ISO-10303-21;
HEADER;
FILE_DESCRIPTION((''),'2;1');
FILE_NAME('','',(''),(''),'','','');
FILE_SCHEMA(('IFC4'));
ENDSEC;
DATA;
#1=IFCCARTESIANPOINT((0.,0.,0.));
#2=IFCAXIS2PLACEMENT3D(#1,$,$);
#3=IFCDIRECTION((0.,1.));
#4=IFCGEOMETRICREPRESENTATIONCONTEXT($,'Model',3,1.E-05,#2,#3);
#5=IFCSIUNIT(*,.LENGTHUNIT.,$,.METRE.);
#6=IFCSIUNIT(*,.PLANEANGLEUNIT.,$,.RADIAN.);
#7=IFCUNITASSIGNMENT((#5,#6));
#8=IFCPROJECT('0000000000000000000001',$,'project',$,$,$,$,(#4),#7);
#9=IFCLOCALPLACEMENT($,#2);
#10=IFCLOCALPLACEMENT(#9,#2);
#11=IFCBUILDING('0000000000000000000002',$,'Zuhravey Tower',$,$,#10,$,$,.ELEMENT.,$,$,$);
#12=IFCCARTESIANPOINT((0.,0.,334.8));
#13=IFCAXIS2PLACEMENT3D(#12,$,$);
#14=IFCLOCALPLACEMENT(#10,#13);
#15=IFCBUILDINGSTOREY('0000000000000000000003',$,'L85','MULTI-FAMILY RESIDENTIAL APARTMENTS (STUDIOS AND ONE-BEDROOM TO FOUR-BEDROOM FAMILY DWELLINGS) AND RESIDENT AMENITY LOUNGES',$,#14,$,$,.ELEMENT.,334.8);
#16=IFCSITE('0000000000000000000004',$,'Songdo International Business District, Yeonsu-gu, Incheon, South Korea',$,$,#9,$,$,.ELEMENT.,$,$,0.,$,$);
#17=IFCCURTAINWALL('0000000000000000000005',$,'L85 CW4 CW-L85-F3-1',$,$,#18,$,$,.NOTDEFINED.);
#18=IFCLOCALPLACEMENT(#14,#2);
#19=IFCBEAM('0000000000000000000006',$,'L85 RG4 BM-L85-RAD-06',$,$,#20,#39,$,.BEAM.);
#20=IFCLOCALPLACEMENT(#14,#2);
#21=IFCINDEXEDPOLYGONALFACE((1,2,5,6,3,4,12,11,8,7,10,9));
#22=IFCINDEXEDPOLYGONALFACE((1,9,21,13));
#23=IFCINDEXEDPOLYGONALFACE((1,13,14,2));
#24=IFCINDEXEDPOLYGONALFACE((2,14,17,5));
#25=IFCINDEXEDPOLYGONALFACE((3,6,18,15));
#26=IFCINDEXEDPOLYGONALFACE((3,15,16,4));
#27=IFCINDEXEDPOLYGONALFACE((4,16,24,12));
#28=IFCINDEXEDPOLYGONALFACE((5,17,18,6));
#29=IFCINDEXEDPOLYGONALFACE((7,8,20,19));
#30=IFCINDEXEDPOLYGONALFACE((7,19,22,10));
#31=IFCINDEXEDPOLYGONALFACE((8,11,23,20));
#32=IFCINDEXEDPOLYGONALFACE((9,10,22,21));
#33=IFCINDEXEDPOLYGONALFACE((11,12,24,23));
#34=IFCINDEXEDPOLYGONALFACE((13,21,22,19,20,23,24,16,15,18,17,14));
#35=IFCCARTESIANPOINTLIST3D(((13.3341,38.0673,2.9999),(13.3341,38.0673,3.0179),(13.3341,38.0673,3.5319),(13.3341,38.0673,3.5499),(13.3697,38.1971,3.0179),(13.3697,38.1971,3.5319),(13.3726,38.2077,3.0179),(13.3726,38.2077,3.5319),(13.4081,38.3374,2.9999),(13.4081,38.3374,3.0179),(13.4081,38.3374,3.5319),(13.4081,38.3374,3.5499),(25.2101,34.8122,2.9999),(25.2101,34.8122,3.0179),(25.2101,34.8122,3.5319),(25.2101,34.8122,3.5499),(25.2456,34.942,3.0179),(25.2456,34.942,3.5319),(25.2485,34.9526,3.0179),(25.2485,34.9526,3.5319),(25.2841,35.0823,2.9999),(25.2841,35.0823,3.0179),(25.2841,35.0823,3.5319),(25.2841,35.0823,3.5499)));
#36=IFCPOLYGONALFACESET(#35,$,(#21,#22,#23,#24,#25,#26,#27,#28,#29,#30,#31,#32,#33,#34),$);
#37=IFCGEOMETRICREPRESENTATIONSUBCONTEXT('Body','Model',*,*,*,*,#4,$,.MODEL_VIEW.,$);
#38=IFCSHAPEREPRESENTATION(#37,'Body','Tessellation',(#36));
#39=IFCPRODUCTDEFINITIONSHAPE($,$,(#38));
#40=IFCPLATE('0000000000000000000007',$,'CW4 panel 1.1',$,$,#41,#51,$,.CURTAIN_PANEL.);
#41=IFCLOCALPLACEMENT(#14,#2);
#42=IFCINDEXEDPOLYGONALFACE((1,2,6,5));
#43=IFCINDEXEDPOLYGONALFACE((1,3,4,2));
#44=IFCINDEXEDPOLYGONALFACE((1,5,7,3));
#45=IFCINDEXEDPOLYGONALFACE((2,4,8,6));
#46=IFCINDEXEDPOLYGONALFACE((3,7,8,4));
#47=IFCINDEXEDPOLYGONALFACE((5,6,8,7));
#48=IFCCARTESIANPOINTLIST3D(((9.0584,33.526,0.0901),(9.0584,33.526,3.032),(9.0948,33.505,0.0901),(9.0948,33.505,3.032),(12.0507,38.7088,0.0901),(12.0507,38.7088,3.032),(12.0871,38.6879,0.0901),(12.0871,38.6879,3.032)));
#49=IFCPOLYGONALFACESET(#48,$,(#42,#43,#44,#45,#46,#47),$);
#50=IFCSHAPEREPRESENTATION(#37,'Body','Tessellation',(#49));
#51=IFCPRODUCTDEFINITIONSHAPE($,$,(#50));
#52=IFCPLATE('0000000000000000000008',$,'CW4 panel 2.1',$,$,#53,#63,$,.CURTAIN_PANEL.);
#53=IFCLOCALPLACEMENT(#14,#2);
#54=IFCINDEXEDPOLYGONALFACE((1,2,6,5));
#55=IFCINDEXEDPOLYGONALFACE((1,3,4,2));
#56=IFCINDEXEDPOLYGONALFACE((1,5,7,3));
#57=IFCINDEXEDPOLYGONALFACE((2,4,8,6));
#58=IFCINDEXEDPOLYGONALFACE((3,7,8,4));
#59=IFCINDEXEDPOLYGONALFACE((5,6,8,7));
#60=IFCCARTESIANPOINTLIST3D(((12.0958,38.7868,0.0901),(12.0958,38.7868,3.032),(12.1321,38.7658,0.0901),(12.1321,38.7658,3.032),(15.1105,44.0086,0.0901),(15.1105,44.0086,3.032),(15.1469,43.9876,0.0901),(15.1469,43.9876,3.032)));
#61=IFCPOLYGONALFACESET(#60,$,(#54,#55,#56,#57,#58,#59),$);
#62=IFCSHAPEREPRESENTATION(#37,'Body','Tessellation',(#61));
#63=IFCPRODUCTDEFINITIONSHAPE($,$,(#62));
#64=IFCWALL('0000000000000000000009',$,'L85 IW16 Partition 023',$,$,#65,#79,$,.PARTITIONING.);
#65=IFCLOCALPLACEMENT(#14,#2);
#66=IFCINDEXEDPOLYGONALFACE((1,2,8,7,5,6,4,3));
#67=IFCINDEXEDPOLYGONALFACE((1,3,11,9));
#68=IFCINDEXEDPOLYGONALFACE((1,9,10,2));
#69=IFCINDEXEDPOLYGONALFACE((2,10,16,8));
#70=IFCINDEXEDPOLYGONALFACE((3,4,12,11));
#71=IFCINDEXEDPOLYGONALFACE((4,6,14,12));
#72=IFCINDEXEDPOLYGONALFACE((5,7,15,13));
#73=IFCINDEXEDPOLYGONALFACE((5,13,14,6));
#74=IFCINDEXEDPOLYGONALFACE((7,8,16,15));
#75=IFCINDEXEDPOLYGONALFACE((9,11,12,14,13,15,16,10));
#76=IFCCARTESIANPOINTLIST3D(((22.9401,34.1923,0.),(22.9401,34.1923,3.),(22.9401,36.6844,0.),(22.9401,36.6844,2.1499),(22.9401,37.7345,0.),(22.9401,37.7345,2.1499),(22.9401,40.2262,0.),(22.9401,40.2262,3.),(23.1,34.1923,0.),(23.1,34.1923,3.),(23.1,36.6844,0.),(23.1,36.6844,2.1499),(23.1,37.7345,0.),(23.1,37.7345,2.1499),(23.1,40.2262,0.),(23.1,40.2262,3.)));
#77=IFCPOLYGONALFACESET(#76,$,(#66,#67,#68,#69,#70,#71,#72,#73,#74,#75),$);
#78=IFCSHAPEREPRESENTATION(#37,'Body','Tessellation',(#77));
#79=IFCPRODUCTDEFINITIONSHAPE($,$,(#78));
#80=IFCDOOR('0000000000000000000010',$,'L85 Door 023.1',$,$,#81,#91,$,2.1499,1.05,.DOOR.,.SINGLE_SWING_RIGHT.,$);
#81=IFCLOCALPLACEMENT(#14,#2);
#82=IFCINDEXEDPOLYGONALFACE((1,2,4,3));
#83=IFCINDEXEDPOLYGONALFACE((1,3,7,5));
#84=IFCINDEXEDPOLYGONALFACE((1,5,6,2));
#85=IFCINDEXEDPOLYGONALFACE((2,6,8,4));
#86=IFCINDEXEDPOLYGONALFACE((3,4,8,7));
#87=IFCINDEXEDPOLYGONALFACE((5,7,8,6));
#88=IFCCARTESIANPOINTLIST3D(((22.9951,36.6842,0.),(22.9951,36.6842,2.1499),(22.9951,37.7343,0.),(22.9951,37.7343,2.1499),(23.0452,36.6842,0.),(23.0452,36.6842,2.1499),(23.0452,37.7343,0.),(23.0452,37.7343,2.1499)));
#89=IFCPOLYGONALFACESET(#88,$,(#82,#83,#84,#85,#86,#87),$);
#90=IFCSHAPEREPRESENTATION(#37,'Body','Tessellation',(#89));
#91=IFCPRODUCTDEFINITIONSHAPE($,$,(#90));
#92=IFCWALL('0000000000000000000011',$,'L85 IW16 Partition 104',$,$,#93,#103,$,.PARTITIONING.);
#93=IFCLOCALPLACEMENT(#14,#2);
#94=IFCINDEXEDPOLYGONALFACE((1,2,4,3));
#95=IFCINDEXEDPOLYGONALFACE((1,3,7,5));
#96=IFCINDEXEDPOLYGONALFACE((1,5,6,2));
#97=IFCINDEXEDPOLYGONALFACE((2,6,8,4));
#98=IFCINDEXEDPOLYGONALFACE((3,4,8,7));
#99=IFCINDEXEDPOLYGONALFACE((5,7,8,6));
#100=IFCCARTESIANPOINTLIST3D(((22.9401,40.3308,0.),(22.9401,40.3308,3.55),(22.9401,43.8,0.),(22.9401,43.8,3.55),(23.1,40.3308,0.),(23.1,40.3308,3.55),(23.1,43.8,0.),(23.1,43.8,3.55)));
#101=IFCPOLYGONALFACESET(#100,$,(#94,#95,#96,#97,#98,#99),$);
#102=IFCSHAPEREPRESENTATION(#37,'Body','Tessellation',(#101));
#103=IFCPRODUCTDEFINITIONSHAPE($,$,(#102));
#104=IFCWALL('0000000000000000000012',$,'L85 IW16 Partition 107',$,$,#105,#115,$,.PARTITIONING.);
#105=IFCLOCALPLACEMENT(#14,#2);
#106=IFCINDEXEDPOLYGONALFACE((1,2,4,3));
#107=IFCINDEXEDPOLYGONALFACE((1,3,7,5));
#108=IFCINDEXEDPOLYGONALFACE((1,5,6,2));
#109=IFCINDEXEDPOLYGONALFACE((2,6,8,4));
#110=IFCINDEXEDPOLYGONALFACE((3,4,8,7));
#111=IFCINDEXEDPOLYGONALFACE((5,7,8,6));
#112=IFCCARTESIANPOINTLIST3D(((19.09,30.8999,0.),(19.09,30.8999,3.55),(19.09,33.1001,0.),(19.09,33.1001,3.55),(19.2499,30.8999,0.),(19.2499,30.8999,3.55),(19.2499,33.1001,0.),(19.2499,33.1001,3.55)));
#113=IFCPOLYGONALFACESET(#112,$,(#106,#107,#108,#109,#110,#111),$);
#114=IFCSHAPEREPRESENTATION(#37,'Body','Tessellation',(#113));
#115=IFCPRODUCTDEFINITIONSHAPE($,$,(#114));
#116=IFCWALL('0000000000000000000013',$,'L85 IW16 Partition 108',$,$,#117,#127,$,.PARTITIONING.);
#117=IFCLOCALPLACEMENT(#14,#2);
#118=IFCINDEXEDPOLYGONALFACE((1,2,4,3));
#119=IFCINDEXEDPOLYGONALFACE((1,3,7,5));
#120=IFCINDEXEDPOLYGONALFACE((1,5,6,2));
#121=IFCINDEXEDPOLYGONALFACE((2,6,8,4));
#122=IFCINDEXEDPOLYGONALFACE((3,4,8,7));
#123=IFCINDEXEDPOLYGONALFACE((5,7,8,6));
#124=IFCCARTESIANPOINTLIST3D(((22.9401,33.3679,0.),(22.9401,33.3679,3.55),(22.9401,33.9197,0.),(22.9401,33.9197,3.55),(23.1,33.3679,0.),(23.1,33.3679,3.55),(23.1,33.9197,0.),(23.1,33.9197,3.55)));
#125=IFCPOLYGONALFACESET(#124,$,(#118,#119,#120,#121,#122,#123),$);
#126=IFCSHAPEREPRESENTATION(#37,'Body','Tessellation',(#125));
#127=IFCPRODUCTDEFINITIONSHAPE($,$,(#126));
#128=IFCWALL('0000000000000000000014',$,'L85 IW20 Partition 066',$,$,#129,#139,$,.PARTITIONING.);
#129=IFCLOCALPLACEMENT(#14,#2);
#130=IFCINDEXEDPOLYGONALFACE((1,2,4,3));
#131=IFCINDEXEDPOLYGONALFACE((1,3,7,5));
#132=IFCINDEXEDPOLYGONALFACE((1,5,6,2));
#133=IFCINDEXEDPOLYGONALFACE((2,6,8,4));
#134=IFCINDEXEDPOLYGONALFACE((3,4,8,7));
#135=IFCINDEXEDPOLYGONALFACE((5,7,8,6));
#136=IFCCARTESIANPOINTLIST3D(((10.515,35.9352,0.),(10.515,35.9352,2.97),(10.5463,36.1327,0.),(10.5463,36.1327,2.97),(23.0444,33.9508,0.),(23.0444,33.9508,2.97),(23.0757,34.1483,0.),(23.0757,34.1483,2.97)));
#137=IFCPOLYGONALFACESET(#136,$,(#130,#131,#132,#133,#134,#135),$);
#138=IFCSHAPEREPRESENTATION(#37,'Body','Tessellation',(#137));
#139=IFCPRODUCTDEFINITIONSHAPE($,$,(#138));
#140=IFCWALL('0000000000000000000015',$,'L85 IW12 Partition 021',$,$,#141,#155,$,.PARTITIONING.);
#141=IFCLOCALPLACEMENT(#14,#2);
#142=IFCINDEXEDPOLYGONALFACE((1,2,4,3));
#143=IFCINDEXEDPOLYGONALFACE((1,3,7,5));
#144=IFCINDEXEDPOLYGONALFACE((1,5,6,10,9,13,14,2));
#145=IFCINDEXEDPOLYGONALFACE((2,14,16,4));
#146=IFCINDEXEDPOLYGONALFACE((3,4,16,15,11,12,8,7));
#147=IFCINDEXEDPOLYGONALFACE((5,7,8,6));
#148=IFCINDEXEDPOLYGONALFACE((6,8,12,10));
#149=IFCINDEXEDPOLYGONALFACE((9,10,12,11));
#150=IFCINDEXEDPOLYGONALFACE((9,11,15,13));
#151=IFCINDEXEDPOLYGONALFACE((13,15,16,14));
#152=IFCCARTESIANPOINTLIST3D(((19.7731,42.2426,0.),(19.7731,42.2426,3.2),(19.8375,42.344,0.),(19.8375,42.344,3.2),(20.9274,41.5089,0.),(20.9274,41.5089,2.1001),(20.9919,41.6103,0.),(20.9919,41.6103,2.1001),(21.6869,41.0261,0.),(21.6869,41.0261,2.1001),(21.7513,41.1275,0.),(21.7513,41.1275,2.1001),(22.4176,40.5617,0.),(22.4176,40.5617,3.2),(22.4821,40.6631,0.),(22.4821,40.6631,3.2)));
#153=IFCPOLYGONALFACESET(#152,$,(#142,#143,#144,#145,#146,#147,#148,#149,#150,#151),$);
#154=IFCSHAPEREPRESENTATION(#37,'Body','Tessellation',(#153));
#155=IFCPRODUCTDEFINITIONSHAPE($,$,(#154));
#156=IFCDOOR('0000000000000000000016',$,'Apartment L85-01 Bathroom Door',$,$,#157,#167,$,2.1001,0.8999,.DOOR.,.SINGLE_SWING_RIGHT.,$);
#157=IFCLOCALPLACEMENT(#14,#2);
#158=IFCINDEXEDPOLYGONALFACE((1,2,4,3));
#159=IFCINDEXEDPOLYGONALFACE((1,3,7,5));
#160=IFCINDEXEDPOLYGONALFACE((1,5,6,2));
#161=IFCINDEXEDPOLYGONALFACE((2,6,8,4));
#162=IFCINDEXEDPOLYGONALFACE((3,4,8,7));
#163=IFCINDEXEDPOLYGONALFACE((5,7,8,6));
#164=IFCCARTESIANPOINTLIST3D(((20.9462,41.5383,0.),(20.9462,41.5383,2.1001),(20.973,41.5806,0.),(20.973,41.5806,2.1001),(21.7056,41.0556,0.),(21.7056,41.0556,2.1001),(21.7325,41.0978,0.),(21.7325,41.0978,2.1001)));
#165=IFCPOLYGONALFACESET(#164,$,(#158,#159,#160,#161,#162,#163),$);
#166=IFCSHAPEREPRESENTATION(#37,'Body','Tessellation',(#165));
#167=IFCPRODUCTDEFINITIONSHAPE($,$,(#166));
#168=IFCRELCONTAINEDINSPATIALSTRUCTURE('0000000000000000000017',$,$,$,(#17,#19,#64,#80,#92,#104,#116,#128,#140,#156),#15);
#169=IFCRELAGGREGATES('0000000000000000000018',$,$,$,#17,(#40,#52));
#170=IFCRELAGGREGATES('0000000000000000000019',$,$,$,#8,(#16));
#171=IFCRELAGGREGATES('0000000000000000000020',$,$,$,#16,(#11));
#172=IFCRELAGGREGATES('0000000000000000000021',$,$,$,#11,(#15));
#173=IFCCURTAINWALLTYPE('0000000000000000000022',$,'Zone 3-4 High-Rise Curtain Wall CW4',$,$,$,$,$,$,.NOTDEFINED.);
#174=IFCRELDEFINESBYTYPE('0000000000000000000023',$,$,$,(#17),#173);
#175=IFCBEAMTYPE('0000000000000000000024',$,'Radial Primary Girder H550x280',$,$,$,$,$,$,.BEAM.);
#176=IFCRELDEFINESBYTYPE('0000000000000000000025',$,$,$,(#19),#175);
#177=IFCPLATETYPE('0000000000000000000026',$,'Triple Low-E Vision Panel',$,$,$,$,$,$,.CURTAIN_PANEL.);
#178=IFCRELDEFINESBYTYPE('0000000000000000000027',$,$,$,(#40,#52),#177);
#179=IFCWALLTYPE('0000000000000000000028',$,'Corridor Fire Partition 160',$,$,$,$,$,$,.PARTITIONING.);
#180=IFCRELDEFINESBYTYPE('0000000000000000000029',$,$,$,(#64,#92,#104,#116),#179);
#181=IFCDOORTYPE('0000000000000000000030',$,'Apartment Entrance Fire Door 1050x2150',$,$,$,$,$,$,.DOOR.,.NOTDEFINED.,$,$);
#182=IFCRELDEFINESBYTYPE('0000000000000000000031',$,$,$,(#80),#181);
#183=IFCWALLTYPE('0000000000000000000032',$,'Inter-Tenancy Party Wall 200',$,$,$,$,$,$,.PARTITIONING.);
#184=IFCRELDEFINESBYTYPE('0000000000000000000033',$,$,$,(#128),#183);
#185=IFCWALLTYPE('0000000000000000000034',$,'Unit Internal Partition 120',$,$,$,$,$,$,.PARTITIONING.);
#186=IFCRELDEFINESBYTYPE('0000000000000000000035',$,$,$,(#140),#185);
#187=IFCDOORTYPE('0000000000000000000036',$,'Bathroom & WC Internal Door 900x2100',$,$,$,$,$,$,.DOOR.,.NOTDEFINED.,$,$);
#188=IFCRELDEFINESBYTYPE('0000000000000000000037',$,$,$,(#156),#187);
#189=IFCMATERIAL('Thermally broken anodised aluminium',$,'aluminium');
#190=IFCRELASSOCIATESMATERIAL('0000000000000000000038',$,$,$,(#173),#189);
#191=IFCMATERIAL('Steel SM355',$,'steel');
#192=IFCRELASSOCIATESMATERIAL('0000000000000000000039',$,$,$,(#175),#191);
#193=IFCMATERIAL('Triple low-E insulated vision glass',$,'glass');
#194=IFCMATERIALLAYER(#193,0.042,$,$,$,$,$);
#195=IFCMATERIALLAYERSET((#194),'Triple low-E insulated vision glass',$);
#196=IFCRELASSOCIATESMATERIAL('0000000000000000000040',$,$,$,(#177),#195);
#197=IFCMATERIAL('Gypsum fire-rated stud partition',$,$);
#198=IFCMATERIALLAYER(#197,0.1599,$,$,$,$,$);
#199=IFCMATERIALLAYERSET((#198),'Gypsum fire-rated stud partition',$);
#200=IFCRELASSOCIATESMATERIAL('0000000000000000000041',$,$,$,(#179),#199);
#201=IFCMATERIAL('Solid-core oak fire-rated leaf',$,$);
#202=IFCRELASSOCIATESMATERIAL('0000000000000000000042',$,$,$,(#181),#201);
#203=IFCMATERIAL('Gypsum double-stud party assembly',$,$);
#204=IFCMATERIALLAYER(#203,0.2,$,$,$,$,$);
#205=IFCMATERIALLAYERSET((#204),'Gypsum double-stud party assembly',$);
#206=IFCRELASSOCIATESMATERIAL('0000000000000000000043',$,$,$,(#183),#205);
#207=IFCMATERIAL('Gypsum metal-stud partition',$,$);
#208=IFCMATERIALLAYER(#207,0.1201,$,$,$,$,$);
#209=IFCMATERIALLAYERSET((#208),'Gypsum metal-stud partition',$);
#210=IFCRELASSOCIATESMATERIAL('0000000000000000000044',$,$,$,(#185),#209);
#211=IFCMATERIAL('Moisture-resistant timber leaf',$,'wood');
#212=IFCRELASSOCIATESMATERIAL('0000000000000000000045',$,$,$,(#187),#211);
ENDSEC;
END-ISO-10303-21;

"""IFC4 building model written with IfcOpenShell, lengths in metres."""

from ifc_helpers import new_model, si_unit, direction, frame, frame_2d, origin, origin_2d, place, context, subcontext, project, spatial, rectangle, i_section, extrude, material, layer, layer_set, material_profile, profile_set, type_object, element, fill, aggregate, save


model = new_model("IFC4")

# Units and contexts
model_context = context("Model", 3, precision=1e-05, world=origin(), true_north=direction((0.0, 1.0)))
body_context = subcontext(model_context, "Body", "Model", "MODEL_VIEW")
ifc_project = project(units=[si_unit("LENGTHUNIT", "METRE"), si_unit("PLANEANGLEUNIT", "RADIAN")], contexts=[model_context])

# Site, building, storey
site_placement = place(None, origin())
site = spatial("IfcSite", under=ifc_project, at=site_placement, Name="Songdo International Business District, Yeonsu-gu, Incheon, South Korea", CompositionType="ELEMENT", RefElevation=0.0)
building_placement = place(site_placement, origin())
building = spatial("IfcBuilding", under=site, at=building_placement, Name="Zuhravey Tower", CompositionType="ELEMENT")
storey_placement = place(building_placement, frame((0.0, 0.0, 334.8)))
storey = spatial("IfcBuildingStorey", under=building, at=storey_placement, Name="L85", Description="MULTI-FAMILY RESIDENTIAL APARTMENTS (STUDIOS AND ONE-BEDROOM TO FOUR-BEDROOM FAMILY DWELLINGS) AND RESIDENT AMENITY LOUNGES", CompositionType="ELEMENT", Elevation=334.8)

# Curtain wall
ifc_material_1 = material(Name="Thermally broken anodised aluminium", Category="aluminium")
curtain_wall_type = type_object("IfcCurtainWallType", Name="Zone 3-4 High-Rise Curtain Wall CW4", PredefinedType="NOTDEFINED", material=ifc_material_1)
curtain_wall_placement = place(storey_placement, origin())
curtain_wall = element("IfcCurtainWall", 1, at=curtain_wall_placement, inside=storey, type_object=curtain_wall_type, Name="L85 CW4 CW-L85-F3-1", PredefinedType="NOTDEFINED")

# Beam
ifc_material_2 = material(Name="Steel SM355", Category="steel")
ifc_material_profile_1 = material_profile(ifc_material_2, i_section(OverallWidth=0.28, OverallDepth=0.55, WebThickness=0.011, FlangeThickness=0.0181, at=origin_2d()), Name="H-550x280x11x18")
ifc_profile_set_1 = profile_set([ifc_material_profile_1], Name="Steel SM355")
beam_type_1 = type_object("IfcBeamType", Name="Radial Primary Girder H550x280", PredefinedType="BEAM", material=ifc_profile_set_1)
beam_1_placement = place(storey_placement, frame((25.2471, 34.9473, 3.2749), z_axis=(-0.964429, 0.264344, 0.0), x_axis=(-0.264344, -0.964429, 0.0)))
element("IfcBeam", 2, at=beam_1_placement, inside=storey, type_object=beam_type_1, Name="L85 RG4 BM-L85-RAD-06", PredefinedType="BEAM", context=body_context, shape_type="SweptSolid", body=[
    extrude(i_section(OverallWidth=0.28, OverallDepth=0.55, WebThickness=0.011, FlangeThickness=0.0181, at=origin_2d()), origin(), (0.0, 0.0, 1.0), 12.314),
])

# Plates
ifc_material_3 = material(Name="Triple low-E insulated vision glass", Category="glass")
ifc_layer_1 = layer(ifc_material_3, 0.042)
ifc_layer_set_1 = layer_set([ifc_layer_1], Name="Triple low-E insulated vision glass")
plate_type = type_object("IfcPlateType", Name="Triple Low-E Vision Panel", PredefinedType="CURTAIN_PANEL", material=ifc_layer_set_1)
plate_1_placement = place(storey_placement, frame((10.5728, 36.1069, 0.0901), z_axis=(0.0, 0.0, 1.0), x_axis=(0.5, 0.866026, 0.0)))
plate_1 = element("IfcPlate", 3, at=plate_1_placement, type_object=plate_type, Name="CW4 panel 1.1", PredefinedType="CURTAIN_PANEL", context=body_context, shape_type="SweptSolid", body=[
    extrude(rectangle(XDim=5.9846, YDim=0.042, at=origin_2d()), origin(), (0.0, 0.0, 1.0), 2.9419),
])
plate_2_placement = place(storey_placement, frame((13.6213, 41.3872, 0.0901), z_axis=(0.0, 0.0, 1.0), x_axis=(0.5, 0.866026, 0.0)))
plate_2 = element("IfcPlate", 4, at=plate_2_placement, type_object=plate_type, Name="CW4 panel 2.1", PredefinedType="CURTAIN_PANEL", context=body_context, shape_type="SweptSolid", body=[
    extrude(rectangle(XDim=6.0295, YDim=0.042, at=origin_2d()), origin(), (0.0, 0.0, 1.0), 2.9419),
])
aggregate(curtain_wall, [plate_1, plate_2])

# Wall, opening, door
ifc_material_4 = material(Name="Gypsum fire-rated stud partition")
ifc_layer_2 = layer(ifc_material_4, 0.1599)
ifc_layer_set_2 = layer_set([ifc_layer_2], Name="Gypsum fire-rated stud partition")
wall_type_1 = type_object("IfcWallType", Name="Corridor Fire Partition 160", PredefinedType="PARTITIONING", material=ifc_layer_set_2)
wall_1_placement = place(storey_placement, frame((23.02, 40.2263, 0.0), z_axis=(0.0, 0.0, 1.0), x_axis=(0.0, -1.0, 0.0)))
wall_1 = element("IfcWall", 5, at=wall_1_placement, inside=storey, type_object=wall_type_1, Name="L85 IW16 Partition 023", PredefinedType="PARTITIONING", context=body_context, shape_type="SweptSolid", body=[
    extrude(rectangle(XDim=6.0339, YDim=0.1599, at=frame_2d((3.0171, 0.0))), origin(), (0.0, 0.0, 1.0), 3.0),
])
opening_1_placement = place(wall_1_placement, frame((2.4919, 0.0, 0.0)))
opening_1 = element("IfcOpeningElement", 6, at=opening_1_placement, cuts=wall_1, PredefinedType="OPENING", context=body_context, shape_type="SweptSolid", body=[
    extrude(rectangle(XDim=1.05, YDim=2.1499, at=frame_2d((0.5249, 1.075))), frame((0.0, 0.092, 0.0), z_axis=(0.0, -1.0, 0.0), x_axis=(1.0, 0.0, 0.0)), (0.0, 0.0, 1.0), 0.1838),
])
ifc_material_5 = material(Name="Solid-core oak fire-rated leaf")
door_type_1 = type_object("IfcDoorType", Name="Apartment Entrance Fire Door 1050x2150", OperationType="NOTDEFINED", PredefinedType="DOOR", material=ifc_material_5)
door_1_placement = place(opening_1_placement, frame((1.05, 0.0, 0.0), z_axis=(0.0, 0.0, 1.0), x_axis=(-1.0, 0.0, 0.0)))
door_1 = element("IfcDoor", 7, at=door_1_placement, inside=storey, type_object=door_type_1, Name="L85 Door 023.1", OperationType="SINGLE_SWING_RIGHT", OverallHeight=2.1499, OverallWidth=1.05, PredefinedType="DOOR", context=body_context, shape_type="SweptSolid", body=[
    extrude(rectangle(XDim=1.05, YDim=2.1499, at=frame_2d((0.5249, 1.075))), frame((0.0, 0.0249, 0.0), z_axis=(0.0, -1.0, 0.0), x_axis=(1.0, 0.0, 0.0)), (0.0, 0.0, 1.0), 0.05),
])
fill(opening_1, door_1)

# Walls
wall_2_placement = place(storey_placement, frame((23.02, 43.8, 0.0), z_axis=(0.0, 0.0, 1.0), x_axis=(0.0, -1.0, 0.0)))
element("IfcWall", 8, at=wall_2_placement, inside=storey, type_object=wall_type_1, Name="L85 IW16 Partition 104", PredefinedType="PARTITIONING", context=body_context, shape_type="SweptSolid", body=[
    extrude(rectangle(XDim=3.4692, YDim=0.1599, at=frame_2d((1.7346, 0.0))), origin(), (0.0, 0.0, 1.0), 3.55),
])
wall_3_placement = place(storey_placement, frame((19.1699, 33.1001, 0.0), z_axis=(0.0, 0.0, 1.0), x_axis=(0.0, -1.0, 0.0)))
element("IfcWall", 9, at=wall_3_placement, inside=storey, type_object=wall_type_1, Name="L85 IW16 Partition 107", PredefinedType="PARTITIONING", context=body_context, shape_type="SweptSolid", body=[
    extrude(rectangle(XDim=2.2002, YDim=0.1599, at=frame_2d((1.1001, 0.0))), origin(), (0.0, 0.0, 1.0), 3.55),
])
wall_4_placement = place(storey_placement, frame((23.02, 33.9197, 0.0), z_axis=(0.0, 0.0, 1.0), x_axis=(0.0, -1.0, 0.0)))
element("IfcWall", 10, at=wall_4_placement, inside=storey, type_object=wall_type_1, Name="L85 IW16 Partition 108", PredefinedType="PARTITIONING", context=body_context, shape_type="SweptSolid", body=[
    extrude(rectangle(XDim=0.5518, YDim=0.1599, at=frame_2d((0.2759, 0.0))), origin(), (0.0, 0.0, 1.0), 3.55),
])
ifc_material_6 = material(Name="Gypsum double-stud party assembly")
ifc_layer_3 = layer(ifc_material_6, 0.2)
ifc_layer_set_3 = layer_set([ifc_layer_3], Name="Gypsum double-stud party assembly")
wall_type_2 = type_object("IfcWallType", Name="Inter-Tenancy Party Wall 200", PredefinedType="PARTITIONING", material=ifc_layer_set_3)
wall_5_placement = place(storey_placement, frame((23.0601, 34.0496, 0.0), z_axis=(0.0, 0.0, 1.0), x_axis=(-0.987689, 0.156429, 0.0)))
element("IfcWall", 11, at=wall_5_placement, inside=storey, type_object=wall_type_2, Name="L85 IW20 Partition 066", PredefinedType="PARTITIONING", context=body_context, shape_type="SweptSolid", body=[
    extrude(rectangle(XDim=12.6855, YDim=0.2, at=frame_2d((6.3428, 0.0))), origin(), (0.0, 0.0, 1.0), 2.97),
])

# Wall, opening, door
ifc_material_7 = material(Name="Gypsum metal-stud partition")
ifc_layer_4 = layer(ifc_material_7, 0.1201)
ifc_layer_set_4 = layer_set([ifc_layer_4], Name="Gypsum metal-stud partition")
wall_type_3 = type_object("IfcWallType", Name="Unit Internal Partition 120", PredefinedType="PARTITIONING", material=ifc_layer_set_4)
wall_6_placement = place(storey_placement, frame((22.45, 40.6123, 0.0), z_axis=(0.0, 0.0, 1.0), x_axis=(-0.843947, 0.536427, 0.0)))
wall_6 = element("IfcWall", 12, at=wall_6_placement, inside=storey, type_object=wall_type_3, Name="L85 IW12 Partition 021", PredefinedType="PARTITIONING", context=body_context, shape_type="SweptSolid", body=[
    extrude(rectangle(XDim=3.1335, YDim=0.1201, at=frame_2d((1.5669, 0.0))), origin(), (0.0, 0.0, 1.0), 3.2),
])
opening_2_placement = place(wall_6_placement, frame((0.866, 0.0, 0.0)))
opening_2 = element("IfcOpeningElement", 13, at=opening_2_placement, cuts=wall_6, PredefinedType="OPENING", context=body_context, shape_type="SweptSolid", body=[
    extrude(rectangle(XDim=0.8999, YDim=2.1001, at=frame_2d((0.45, 1.05))), frame((0.0, 0.072, 0.0), z_axis=(0.0, -1.0, 0.0), x_axis=(1.0, 0.0, 0.0)), (0.0, 0.0, 1.0), 0.144),
])
ifc_material_8 = material(Name="Moisture-resistant timber leaf", Category="wood")
door_type_2 = type_object("IfcDoorType", Name="Bathroom & WC Internal Door 900x2100", OperationType="NOTDEFINED", PredefinedType="DOOR", material=ifc_material_8)
door_2_placement = place(opening_2_placement, frame((0.8999, 0.0, 0.0), z_axis=(0.0, 0.0, 1.0), x_axis=(-1.0, 0.0, 0.0)))
door_2 = element("IfcDoor", 14, at=door_2_placement, inside=storey, type_object=door_type_2, Name="Apartment L85-01 Bathroom Door", OperationType="SINGLE_SWING_RIGHT", OverallHeight=2.1001, OverallWidth=0.8999, PredefinedType="DOOR", context=body_context, shape_type="SweptSolid", body=[
    extrude(rectangle(XDim=0.8999, YDim=2.1001, at=frame_2d((0.45, 1.05))), frame((0.0, 0.0249, 0.0), z_axis=(0.0, -1.0, 0.0), x_axis=(1.0, 0.0, 0.0)), (0.0, 0.0, 1.0), 0.05),
])
fill(opening_2, door_2)

save(model, "model.ifc")
